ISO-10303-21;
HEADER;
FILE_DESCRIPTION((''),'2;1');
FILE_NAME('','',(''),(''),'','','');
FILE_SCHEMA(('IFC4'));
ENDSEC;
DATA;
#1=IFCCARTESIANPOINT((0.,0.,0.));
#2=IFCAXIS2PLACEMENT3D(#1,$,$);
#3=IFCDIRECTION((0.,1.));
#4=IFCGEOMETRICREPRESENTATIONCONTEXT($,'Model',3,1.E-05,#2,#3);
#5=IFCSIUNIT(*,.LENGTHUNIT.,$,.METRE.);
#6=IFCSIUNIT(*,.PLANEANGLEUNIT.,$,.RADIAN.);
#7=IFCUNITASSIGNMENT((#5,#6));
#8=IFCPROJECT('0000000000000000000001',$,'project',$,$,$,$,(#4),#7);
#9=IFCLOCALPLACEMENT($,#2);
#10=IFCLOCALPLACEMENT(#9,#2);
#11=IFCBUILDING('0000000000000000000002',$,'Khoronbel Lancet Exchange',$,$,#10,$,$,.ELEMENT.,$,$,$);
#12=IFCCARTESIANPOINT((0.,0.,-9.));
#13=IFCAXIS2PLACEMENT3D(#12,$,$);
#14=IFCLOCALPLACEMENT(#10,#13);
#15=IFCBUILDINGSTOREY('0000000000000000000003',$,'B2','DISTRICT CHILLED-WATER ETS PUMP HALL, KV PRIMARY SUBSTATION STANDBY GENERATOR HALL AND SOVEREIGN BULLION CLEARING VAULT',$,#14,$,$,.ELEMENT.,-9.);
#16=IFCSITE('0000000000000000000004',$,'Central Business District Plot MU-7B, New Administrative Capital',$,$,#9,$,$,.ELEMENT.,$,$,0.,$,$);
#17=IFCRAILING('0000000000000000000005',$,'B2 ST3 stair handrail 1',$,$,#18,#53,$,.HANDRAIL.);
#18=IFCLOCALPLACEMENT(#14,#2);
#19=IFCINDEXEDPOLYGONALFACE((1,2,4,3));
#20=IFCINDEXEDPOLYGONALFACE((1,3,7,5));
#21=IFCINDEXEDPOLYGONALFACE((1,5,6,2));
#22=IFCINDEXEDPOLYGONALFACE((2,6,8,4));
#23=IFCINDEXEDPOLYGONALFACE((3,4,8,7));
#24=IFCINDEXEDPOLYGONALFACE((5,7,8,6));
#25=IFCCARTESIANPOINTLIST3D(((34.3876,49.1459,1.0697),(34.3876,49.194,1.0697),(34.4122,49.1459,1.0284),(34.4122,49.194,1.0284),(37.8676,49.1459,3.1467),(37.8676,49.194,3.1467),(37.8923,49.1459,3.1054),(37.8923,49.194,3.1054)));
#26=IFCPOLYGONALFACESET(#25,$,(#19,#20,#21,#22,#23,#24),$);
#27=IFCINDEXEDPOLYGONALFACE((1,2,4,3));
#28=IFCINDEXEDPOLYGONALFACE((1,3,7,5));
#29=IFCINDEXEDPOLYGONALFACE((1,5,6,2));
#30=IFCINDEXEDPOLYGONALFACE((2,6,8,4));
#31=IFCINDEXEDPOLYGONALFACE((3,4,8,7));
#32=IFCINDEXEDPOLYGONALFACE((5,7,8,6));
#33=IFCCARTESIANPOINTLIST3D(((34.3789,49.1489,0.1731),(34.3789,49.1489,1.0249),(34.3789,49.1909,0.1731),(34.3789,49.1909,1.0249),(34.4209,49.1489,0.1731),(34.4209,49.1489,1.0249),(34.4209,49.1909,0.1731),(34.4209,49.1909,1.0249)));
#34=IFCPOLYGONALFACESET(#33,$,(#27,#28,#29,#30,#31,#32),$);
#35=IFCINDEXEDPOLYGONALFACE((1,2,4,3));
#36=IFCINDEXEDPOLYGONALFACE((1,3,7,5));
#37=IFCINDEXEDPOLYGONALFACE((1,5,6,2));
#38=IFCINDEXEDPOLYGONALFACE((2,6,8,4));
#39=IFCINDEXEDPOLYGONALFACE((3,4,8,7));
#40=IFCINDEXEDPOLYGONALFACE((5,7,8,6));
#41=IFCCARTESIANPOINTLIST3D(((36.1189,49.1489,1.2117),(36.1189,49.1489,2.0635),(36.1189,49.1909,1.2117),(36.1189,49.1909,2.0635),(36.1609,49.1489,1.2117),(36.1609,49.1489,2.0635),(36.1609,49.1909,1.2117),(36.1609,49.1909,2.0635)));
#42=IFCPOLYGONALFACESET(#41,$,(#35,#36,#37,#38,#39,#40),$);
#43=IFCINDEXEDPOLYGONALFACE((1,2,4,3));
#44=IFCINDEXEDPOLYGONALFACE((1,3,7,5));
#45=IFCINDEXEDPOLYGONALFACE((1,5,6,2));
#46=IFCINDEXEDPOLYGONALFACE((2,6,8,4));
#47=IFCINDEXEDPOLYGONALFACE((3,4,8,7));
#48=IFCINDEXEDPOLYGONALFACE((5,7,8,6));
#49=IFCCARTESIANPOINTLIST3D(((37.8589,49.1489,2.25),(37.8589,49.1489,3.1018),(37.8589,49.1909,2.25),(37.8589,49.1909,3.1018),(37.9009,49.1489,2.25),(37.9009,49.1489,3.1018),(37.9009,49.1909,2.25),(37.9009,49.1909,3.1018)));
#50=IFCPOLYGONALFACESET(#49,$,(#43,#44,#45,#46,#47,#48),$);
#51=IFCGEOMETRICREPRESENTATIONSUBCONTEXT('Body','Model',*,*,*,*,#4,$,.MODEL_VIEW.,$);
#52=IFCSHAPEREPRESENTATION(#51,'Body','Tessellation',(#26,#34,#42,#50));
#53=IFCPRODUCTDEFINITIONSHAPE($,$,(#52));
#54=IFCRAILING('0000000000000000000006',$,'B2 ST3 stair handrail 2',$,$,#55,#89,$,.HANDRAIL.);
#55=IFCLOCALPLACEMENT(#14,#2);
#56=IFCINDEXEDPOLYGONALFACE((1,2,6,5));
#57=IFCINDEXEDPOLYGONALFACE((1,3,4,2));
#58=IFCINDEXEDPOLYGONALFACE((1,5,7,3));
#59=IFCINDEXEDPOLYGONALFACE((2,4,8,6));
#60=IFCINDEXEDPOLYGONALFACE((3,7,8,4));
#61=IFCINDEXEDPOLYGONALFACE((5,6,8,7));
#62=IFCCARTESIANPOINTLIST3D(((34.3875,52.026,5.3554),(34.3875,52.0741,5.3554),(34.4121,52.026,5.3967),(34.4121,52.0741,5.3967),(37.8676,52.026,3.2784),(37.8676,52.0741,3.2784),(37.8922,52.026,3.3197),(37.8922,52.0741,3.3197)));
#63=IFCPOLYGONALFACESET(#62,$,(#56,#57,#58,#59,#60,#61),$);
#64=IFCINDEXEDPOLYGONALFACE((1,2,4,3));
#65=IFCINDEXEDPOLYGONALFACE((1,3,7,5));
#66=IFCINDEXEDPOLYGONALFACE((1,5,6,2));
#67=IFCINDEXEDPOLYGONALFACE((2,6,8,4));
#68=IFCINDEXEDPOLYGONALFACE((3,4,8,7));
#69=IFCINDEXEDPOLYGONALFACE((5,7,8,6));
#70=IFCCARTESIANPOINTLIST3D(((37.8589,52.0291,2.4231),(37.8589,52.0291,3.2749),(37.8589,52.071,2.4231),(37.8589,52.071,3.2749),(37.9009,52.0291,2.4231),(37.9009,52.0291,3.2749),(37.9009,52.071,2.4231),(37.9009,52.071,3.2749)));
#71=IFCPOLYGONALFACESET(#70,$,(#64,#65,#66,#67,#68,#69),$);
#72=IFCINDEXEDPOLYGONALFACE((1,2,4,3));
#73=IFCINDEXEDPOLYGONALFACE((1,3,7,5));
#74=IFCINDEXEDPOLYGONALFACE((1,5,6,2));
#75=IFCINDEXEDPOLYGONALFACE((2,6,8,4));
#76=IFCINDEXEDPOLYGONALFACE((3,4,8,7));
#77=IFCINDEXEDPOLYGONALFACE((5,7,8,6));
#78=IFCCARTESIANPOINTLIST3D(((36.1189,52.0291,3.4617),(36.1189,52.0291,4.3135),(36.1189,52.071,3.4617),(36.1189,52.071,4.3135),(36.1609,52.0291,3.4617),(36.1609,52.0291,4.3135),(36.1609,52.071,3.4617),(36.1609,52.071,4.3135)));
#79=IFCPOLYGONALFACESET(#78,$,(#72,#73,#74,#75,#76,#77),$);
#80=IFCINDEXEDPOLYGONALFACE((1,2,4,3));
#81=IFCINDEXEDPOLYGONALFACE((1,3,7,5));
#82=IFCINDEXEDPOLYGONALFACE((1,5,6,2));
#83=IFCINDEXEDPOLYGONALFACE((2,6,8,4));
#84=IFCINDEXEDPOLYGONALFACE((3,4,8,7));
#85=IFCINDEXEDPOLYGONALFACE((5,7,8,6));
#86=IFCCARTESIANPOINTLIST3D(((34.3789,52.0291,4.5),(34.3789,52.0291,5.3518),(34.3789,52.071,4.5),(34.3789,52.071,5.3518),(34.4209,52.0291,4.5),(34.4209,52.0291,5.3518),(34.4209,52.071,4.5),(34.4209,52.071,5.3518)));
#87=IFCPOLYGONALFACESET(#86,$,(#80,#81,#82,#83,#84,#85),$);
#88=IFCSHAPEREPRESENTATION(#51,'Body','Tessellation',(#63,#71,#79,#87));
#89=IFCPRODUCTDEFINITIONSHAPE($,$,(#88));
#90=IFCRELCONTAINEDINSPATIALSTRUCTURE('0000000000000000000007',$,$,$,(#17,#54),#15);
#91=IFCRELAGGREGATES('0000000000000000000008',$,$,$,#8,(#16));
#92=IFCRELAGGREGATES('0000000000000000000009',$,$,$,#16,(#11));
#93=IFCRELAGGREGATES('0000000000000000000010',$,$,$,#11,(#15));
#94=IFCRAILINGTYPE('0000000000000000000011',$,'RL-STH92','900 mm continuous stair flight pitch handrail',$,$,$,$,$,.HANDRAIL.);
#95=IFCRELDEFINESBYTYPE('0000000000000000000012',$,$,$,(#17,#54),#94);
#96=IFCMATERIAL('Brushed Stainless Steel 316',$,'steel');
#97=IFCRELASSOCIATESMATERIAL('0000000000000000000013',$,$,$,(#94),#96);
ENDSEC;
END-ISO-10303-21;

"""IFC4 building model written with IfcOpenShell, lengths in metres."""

from ifc_helpers import new_model, si_unit, direction, frame, origin, origin_2d, place, context, subcontext, project, spatial, rectangle, extrude, material, type_object, element, save


model = new_model("IFC4")

# Units and contexts
model_context = context("Model", 3, precision=1e-05, world=origin(), true_north=direction((0.0, 1.0)))
body_context = subcontext(model_context, "Body", "Model", "MODEL_VIEW")
ifc_project = project(units=[si_unit("LENGTHUNIT", "METRE"), si_unit("PLANEANGLEUNIT", "RADIAN")], contexts=[model_context])

# Site, building, storey
site_placement = place(None, origin())
site = spatial("IfcSite", under=ifc_project, at=site_placement, Name="Central Business District Plot MU-7B, New Administrative Capital", CompositionType="ELEMENT", RefElevation=0.0)
building_placement = place(site_placement, origin())
building = spatial("IfcBuilding", under=site, at=building_placement, Name="Khoronbel Lancet Exchange", CompositionType="ELEMENT")
storey_placement = place(building_placement, frame((0.0, 0.0, -9.0)))
storey = spatial("IfcBuildingStorey", under=building, at=storey_placement, Name="B2", Description="DISTRICT CHILLED-WATER ETS PUMP HALL, KV PRIMARY SUBSTATION STANDBY GENERATOR HALL AND SOVEREIGN BULLION CLEARING VAULT", CompositionType="ELEMENT", Elevation=-9.0)

# Railings
ifc_material_1 = material(Name="Brushed Stainless Steel 316", Category="steel")
railing_type_1 = type_object("IfcRailingType", Name="RL-STH92", Description="900 mm continuous stair flight pitch handrail", PredefinedType="HANDRAIL", material=ifc_material_1)
railing_1_placement = place(storey_placement, frame((34.3999, 49.1699, 0.1731)))
element("IfcRailing", 1, at=railing_1_placement, inside=storey, type_object=railing_type_1, Name="B2 ST3 stair handrail 1", PredefinedType="HANDRAIL", context=body_context, shape_type="SweptSolid", body=[
    extrude(rectangle(XDim=0.0481, YDim=0.0481, at=origin_2d()), frame((0.0, 0.0, 0.876), z_axis=(0.858697, 0.0, 0.512483), x_axis=(0.0, 1.0, 0.0)), (0.0, 0.0, 1.0), 4.0527),
    extrude(rectangle(XDim=0.042, YDim=0.042, at=origin_2d()), origin(), (0.0, 0.0, 1.0), 0.8518),
    extrude(rectangle(XDim=0.042, YDim=0.042, at=origin_2d()), frame((1.74, 0.0, 1.0386)), (0.0, 0.0, 1.0), 0.8518),
    extrude(rectangle(XDim=0.042, YDim=0.042, at=origin_2d()), frame((3.48, 0.0, 2.0769)), (0.0, 0.0, 1.0), 0.8518),
])
railing_2_placement = place(storey_placement, frame((37.8799, 52.05, 2.4231)))
element("IfcRailing", 2, at=railing_2_placement, inside=storey, type_object=railing_type_1, Name="B2 ST3 stair handrail 2", PredefinedType="HANDRAIL", context=body_context, shape_type="SweptSolid", body=[
    extrude(rectangle(XDim=0.0481, YDim=0.0481, at=origin_2d()), frame((0.0, 0.0, 0.876), z_axis=(-0.858697, 0.0, 0.512483), x_axis=(0.0, -1.0, 0.0)), (0.0, 0.0, 1.0), 4.0527),
    extrude(rectangle(XDim=0.042, YDim=0.042, at=origin_2d()), origin(), (0.0, 0.0, 1.0), 0.8518),
    extrude(rectangle(XDim=0.042, YDim=0.042, at=origin_2d()), frame((-1.74, 0.0, 1.0386)), (0.0, 0.0, 1.0), 0.8518),
    extrude(rectangle(XDim=0.042, YDim=0.042, at=origin_2d()), frame((-3.48, 0.0, 2.0769)), (0.0, 0.0, 1.0), 0.8518),
])

save(model, "model.ifc")
